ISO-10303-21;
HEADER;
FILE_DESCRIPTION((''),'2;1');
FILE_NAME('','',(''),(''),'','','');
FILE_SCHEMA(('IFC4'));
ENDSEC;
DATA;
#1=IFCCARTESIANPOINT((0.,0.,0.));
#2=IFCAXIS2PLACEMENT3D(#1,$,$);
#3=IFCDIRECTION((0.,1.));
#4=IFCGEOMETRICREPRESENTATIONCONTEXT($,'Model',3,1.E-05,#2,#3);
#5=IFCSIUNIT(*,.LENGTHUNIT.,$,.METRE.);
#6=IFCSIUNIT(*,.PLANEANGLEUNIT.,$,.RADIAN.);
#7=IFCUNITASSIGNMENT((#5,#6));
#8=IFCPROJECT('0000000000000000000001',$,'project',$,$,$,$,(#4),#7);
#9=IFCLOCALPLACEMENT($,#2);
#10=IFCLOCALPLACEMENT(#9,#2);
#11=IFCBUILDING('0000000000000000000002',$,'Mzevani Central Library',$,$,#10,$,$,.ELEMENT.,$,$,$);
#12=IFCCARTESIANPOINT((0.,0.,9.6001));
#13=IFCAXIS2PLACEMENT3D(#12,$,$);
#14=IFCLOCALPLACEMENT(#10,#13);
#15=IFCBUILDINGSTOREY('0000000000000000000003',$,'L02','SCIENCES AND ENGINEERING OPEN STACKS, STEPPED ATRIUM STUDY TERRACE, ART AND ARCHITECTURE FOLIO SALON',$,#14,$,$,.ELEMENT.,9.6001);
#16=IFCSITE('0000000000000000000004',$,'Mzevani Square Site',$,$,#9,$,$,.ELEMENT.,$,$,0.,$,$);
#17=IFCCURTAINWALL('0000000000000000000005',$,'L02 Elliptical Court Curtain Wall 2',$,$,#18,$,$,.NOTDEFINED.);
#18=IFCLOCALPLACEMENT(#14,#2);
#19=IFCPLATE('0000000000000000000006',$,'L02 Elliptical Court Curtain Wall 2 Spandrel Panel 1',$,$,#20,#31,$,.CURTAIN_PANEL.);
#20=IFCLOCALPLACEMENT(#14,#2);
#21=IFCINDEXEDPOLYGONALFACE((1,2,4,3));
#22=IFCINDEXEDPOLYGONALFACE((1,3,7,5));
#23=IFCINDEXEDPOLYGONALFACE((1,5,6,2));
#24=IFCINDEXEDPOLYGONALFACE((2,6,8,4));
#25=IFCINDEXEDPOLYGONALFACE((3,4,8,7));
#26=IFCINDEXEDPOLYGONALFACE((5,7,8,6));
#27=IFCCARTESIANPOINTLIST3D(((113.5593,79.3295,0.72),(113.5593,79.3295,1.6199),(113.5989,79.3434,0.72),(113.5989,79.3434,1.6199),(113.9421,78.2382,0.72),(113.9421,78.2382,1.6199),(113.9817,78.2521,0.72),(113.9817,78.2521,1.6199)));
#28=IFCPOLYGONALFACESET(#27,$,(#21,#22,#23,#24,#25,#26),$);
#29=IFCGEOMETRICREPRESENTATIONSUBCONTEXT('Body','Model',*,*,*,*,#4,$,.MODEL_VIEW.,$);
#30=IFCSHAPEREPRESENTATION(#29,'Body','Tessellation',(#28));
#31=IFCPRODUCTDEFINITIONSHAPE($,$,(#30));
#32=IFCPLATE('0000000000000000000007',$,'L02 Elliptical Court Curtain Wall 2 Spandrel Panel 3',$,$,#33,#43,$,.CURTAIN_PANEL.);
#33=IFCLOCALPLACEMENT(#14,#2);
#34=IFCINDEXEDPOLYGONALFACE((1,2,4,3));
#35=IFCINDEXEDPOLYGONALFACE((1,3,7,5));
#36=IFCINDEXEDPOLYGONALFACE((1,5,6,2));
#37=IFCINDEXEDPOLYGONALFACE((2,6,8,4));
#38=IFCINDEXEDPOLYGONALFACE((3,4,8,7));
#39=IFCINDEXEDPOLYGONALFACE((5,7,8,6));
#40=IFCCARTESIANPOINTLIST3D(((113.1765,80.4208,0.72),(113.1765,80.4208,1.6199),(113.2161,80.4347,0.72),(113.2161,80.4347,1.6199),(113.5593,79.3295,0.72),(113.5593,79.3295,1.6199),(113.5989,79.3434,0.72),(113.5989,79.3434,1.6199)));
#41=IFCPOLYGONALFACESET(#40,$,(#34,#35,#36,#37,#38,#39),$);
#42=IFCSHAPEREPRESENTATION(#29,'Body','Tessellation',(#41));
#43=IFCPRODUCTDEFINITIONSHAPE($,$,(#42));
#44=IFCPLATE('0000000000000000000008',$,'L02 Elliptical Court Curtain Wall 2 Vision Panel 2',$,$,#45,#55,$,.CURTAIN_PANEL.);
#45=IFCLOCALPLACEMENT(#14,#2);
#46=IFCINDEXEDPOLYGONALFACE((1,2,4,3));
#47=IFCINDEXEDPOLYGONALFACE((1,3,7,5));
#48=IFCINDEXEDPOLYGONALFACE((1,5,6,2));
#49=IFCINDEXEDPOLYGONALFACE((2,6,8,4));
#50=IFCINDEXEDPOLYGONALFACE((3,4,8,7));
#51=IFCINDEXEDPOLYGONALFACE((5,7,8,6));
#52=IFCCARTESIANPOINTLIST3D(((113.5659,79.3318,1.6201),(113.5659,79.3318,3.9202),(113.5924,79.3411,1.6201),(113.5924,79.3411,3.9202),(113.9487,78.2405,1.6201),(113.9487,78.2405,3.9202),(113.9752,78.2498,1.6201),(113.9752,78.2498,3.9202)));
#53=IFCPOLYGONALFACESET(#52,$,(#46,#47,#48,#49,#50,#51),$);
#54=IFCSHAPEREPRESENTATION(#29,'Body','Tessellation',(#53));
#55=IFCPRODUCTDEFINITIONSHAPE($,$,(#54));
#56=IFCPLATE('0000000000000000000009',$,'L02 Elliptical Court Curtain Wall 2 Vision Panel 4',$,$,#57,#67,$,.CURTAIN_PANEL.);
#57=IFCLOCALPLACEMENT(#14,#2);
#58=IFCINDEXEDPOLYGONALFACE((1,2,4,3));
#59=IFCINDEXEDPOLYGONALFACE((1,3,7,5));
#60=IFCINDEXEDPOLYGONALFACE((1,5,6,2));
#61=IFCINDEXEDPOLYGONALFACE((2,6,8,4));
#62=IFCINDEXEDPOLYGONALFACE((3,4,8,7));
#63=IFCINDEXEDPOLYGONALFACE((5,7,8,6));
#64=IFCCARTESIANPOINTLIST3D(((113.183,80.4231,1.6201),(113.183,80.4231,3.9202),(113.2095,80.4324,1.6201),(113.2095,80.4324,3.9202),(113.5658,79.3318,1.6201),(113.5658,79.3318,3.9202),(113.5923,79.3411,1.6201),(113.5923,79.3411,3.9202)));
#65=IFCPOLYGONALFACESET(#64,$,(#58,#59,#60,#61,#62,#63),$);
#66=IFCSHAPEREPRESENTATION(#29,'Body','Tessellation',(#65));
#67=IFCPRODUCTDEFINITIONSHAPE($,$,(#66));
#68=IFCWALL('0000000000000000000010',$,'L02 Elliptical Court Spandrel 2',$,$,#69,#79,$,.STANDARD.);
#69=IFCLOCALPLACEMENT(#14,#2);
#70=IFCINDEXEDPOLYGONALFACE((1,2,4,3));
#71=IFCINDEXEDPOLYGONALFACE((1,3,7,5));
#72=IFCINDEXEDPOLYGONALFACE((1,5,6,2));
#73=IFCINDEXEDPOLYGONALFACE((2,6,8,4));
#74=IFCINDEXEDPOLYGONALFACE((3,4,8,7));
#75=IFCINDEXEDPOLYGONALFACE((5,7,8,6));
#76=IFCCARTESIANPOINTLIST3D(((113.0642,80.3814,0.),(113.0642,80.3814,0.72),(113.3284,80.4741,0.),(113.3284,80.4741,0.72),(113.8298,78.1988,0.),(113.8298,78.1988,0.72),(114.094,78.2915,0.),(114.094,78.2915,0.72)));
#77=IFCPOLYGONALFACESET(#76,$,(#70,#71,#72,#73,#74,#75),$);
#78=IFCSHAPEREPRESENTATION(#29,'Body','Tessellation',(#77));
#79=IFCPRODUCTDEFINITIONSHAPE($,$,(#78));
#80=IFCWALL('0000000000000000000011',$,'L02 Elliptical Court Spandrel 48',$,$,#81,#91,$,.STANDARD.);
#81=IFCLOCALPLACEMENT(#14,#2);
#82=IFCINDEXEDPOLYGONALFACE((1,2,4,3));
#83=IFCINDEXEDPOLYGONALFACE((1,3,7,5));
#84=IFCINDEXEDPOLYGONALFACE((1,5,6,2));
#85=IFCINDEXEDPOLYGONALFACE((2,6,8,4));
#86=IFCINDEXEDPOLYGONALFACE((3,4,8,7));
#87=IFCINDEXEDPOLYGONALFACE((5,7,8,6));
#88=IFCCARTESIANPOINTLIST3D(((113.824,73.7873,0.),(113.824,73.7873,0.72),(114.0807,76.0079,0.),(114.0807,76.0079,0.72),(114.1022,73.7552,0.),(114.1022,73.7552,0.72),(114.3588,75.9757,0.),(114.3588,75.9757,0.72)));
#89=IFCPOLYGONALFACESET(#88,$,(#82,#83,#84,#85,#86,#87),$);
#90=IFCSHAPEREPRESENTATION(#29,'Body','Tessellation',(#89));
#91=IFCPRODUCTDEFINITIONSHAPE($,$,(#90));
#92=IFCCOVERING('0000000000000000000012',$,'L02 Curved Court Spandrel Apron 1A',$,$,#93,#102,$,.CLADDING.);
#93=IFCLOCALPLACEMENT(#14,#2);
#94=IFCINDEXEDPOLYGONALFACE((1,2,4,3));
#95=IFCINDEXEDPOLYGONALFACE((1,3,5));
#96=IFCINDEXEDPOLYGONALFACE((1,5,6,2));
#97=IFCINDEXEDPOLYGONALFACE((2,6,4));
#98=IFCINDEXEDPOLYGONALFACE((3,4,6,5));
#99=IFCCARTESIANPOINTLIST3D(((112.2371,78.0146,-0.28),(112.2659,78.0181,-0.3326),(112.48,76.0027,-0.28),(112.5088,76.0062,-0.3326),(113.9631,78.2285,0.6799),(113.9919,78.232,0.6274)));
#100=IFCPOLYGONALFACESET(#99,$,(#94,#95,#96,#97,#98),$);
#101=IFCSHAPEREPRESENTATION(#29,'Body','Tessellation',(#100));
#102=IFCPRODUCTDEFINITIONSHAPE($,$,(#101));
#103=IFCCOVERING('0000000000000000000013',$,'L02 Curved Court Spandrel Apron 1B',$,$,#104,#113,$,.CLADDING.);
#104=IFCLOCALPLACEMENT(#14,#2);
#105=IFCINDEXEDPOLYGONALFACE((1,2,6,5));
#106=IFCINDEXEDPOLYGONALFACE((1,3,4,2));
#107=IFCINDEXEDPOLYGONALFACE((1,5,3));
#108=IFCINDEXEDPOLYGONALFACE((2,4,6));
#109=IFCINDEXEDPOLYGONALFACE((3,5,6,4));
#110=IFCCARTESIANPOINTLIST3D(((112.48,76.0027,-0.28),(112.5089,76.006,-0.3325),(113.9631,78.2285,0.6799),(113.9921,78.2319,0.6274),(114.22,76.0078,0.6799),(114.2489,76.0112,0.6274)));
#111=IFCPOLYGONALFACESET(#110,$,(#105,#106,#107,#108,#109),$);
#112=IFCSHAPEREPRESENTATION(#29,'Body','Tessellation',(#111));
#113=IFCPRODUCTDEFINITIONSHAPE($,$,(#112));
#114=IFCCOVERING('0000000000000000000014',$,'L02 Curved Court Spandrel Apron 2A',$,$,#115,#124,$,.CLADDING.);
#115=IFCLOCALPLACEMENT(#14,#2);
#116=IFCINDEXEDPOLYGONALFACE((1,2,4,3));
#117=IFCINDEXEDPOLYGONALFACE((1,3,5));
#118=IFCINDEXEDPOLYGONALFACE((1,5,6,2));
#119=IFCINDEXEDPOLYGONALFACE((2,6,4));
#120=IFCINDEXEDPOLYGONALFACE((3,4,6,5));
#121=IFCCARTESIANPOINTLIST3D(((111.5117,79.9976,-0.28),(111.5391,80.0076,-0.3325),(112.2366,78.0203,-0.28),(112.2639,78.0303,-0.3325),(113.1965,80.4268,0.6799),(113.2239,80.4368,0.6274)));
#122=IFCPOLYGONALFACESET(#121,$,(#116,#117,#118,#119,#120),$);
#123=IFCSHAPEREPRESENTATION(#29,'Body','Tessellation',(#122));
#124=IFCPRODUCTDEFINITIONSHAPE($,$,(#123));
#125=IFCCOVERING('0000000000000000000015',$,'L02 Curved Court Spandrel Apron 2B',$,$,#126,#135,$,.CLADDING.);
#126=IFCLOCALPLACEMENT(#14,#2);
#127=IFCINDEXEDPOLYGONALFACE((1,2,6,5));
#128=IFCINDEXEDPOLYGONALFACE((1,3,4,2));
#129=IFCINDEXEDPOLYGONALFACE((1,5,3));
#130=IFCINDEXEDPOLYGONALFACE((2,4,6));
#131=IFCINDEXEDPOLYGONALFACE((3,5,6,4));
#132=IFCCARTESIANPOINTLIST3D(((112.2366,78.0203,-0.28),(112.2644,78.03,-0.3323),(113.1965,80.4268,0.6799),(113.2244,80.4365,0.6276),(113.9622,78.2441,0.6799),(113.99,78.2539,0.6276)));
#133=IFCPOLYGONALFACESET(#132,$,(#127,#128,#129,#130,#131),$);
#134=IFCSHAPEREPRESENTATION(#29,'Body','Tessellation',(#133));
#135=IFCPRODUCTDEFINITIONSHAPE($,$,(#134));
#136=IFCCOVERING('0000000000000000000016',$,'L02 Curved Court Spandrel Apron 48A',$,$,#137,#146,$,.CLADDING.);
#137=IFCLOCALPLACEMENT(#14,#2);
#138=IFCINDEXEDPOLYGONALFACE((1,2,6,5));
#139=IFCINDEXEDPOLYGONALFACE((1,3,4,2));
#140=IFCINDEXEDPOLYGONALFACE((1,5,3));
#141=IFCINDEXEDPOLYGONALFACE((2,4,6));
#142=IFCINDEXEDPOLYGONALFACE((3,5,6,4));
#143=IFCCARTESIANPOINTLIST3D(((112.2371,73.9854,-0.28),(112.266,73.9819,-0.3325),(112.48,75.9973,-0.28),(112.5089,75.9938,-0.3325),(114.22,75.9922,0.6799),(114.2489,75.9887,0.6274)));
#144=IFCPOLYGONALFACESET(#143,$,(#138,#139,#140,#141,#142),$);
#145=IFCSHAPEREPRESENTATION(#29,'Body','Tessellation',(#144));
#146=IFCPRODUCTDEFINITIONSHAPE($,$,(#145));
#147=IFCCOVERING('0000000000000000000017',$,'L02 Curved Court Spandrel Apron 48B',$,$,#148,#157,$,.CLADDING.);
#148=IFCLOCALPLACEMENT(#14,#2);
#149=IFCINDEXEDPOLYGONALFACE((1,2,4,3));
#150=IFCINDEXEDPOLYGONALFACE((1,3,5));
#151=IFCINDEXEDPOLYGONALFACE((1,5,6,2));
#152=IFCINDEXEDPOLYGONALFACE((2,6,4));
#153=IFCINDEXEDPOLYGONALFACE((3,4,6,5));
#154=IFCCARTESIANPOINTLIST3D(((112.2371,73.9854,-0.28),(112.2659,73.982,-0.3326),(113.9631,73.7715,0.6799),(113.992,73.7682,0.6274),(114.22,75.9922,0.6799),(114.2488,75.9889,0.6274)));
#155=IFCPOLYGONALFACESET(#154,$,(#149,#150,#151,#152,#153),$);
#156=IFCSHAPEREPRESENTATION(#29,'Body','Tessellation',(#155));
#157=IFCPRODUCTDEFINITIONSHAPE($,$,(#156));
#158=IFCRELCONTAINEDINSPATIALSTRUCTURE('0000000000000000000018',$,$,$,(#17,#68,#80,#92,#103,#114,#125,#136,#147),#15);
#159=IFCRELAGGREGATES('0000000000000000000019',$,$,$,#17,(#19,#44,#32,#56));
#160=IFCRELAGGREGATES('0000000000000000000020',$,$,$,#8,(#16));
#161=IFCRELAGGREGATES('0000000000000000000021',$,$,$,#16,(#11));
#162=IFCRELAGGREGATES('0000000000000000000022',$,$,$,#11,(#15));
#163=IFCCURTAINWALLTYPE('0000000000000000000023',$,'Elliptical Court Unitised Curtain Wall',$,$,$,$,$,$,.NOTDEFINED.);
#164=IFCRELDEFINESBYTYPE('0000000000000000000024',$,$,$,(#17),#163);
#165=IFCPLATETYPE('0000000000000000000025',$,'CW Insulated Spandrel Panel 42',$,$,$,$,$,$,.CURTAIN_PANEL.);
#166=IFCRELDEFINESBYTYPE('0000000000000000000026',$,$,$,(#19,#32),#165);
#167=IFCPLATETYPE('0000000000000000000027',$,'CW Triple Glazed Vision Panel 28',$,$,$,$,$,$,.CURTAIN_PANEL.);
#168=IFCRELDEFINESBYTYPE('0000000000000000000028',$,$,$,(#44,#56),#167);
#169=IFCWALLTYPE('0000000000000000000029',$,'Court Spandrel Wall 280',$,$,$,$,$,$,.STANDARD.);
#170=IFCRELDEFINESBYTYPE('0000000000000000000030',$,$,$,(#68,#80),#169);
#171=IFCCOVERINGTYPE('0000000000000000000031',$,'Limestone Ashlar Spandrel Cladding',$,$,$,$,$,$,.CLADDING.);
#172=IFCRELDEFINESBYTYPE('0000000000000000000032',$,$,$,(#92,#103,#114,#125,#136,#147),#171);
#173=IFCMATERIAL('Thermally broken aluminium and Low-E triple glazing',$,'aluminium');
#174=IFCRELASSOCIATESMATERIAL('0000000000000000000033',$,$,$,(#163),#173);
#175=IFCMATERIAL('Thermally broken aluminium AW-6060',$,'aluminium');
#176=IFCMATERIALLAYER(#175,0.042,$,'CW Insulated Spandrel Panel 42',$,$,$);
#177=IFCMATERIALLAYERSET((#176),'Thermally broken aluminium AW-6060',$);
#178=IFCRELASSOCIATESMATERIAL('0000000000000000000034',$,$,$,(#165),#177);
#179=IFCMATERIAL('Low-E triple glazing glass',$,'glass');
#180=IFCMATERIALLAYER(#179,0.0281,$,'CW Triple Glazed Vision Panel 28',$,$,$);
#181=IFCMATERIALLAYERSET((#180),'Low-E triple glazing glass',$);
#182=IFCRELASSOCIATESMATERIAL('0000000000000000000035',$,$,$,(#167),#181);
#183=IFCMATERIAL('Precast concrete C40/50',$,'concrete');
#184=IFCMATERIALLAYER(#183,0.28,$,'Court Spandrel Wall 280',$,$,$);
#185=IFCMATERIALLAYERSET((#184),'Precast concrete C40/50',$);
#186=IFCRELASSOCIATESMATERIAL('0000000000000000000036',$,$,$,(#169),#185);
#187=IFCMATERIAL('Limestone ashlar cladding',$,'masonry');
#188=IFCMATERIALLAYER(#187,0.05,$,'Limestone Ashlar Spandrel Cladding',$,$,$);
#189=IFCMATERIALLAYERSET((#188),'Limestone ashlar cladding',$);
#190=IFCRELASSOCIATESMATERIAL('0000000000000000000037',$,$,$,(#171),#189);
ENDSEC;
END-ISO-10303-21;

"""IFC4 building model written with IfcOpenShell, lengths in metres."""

from ifc_helpers import new_model, si_unit, direction, frame, frame_2d, origin, origin_2d, place, context, subcontext, project, spatial, polyline, rectangle, outline, extrude, material, layer, layer_set, type_object, element, aggregate, save


model = new_model("IFC4")

# Units and contexts
model_context = context("Model", 3, precision=1e-05, world=origin(), true_north=direction((0.0, 1.0)))
body_context = subcontext(model_context, "Body", "Model", "MODEL_VIEW")
ifc_project = project(units=[si_unit("LENGTHUNIT", "METRE"), si_unit("PLANEANGLEUNIT", "RADIAN")], contexts=[model_context])

# Site, building, storey
site_placement = place(None, origin())
site = spatial("IfcSite", under=ifc_project, at=site_placement, Name="Mzevani Square Site", CompositionType="ELEMENT", RefElevation=0.0)
building_placement = place(site_placement, origin())
building = spatial("IfcBuilding", under=site, at=building_placement, Name="Mzevani Central Library", CompositionType="ELEMENT")
storey_placement = place(building_placement, frame((0.0, 0.0, 9.6001)))
storey = spatial("IfcBuildingStorey", under=building, at=storey_placement, Name="L02", Description="SCIENCES AND ENGINEERING OPEN STACKS, STEPPED ATRIUM STUDY TERRACE, ART AND ARCHITECTURE FOLIO SALON", CompositionType="ELEMENT", Elevation=9.6001)

# Shared definitions
ifc_material_1 = material(Name="Thermally broken aluminium and Low-E triple glazing", Category="aluminium")
ifc_material_2 = material(Name="Thermally broken aluminium AW-6060", Category="aluminium")

# Curtain wall
curtain_wall_type_1 = type_object("IfcCurtainWallType", Name="Elliptical Court Unitised Curtain Wall", PredefinedType="NOTDEFINED", material=ifc_material_1)
curtain_wall_1_placement = place(storey_placement, origin())
curtain_wall_1 = element("IfcCurtainWall", 1, at=curtain_wall_1_placement, inside=storey, type_object=curtain_wall_type_1, Name="L02 Elliptical Court Curtain Wall 2", PredefinedType="NOTDEFINED")

# Plates
ifc_layer_1 = layer(ifc_material_2, 0.042, Name="CW Insulated Spandrel Panel 42")
ifc_layer_set_1 = layer_set([ifc_layer_1], Name="Thermally broken aluminium AW-6060")
plate_type_1 = type_object("IfcPlateType", Name="CW Insulated Spandrel Panel 42", PredefinedType="CURTAIN_PANEL", material=ifc_layer_set_1)
plate_1_placement = place(storey_placement, frame((113.7705, 78.7908, 0.72), z_axis=(0.0, 0.0, 1.0), x_axis=(-0.331002, 0.94363, 0.0)))
plate_1 = element("IfcPlate", 2, at=plate_1_placement, type_object=plate_type_1, Name="L02 Elliptical Court Curtain Wall 2 Spandrel Panel 1", PredefinedType="CURTAIN_PANEL", context=body_context, shape_type="SweptSolid", body=[
    extrude(rectangle(XDim=1.1565, YDim=0.042, at=origin_2d()), origin(), (0.0, 0.0, 1.0), 0.8999),
])
plate_2_placement = place(storey_placement, frame((113.3877, 79.8821, 0.72), z_axis=(0.0, 0.0, 1.0), x_axis=(-0.331002, 0.94363, 0.0)))
plate_2 = element("IfcPlate", 3, at=plate_2_placement, type_object=plate_type_1, Name="L02 Elliptical Court Curtain Wall 2 Spandrel Panel 3", PredefinedType="CURTAIN_PANEL", context=body_context, shape_type="SweptSolid", body=[
    extrude(rectangle(XDim=1.1565, YDim=0.042, at=origin_2d()), origin(), (0.0, 0.0, 1.0), 0.8999),
])
ifc_material_3 = material(Name="Low-E triple glazing glass", Category="glass")
ifc_layer_2 = layer(ifc_material_3, 0.0281, Name="CW Triple Glazed Vision Panel 28")
ifc_layer_set_2 = layer_set([ifc_layer_2], Name="Low-E triple glazing glass")
plate_type_2 = type_object("IfcPlateType", Name="CW Triple Glazed Vision Panel 28", PredefinedType="CURTAIN_PANEL", material=ifc_layer_set_2)
plate_3_placement = place(storey_placement, frame((113.7705, 78.7908, 1.6201), z_axis=(0.0, 0.0, 1.0), x_axis=(-0.331002, 0.94363, 0.0)))
plate_3 = element("IfcPlate", 4, at=plate_3_placement, type_object=plate_type_2, Name="L02 Elliptical Court Curtain Wall 2 Vision Panel 2", PredefinedType="CURTAIN_PANEL", context=body_context, shape_type="SweptSolid", body=[
    extrude(rectangle(XDim=1.1565, YDim=0.0281, at=origin_2d()), origin(), (0.0, 0.0, 1.0), 2.3),
])
plate_4_placement = place(storey_placement, frame((113.3877, 79.8821, 1.6201), z_axis=(0.0, 0.0, 1.0), x_axis=(-0.331002, 0.94363, 0.0)))
plate_4 = element("IfcPlate", 5, at=plate_4_placement, type_object=plate_type_2, Name="L02 Elliptical Court Curtain Wall 2 Vision Panel 4", PredefinedType="CURTAIN_PANEL", context=body_context, shape_type="SweptSolid", body=[
    extrude(rectangle(XDim=1.1565, YDim=0.0281, at=origin_2d()), origin(), (0.0, 0.0, 1.0), 2.3),
])
aggregate(curtain_wall_1, [plate_1, plate_3, plate_2, plate_4])

# Walls
ifc_material_4 = material(Name="Precast concrete C40/50", Category="concrete")
ifc_layer_3 = layer(ifc_material_4, 0.28, Name="Court Spandrel Wall 280")
ifc_layer_set_3 = layer_set([ifc_layer_3], Name="Precast concrete C40/50")
wall_type = type_object("IfcWallType", Name="Court Spandrel Wall 280", PredefinedType="STANDARD", material=ifc_layer_set_3)
wall_1_placement = place(storey_placement, frame((113.9619, 78.2451, 0.0), z_axis=(0.0, 0.0, 1.0), x_axis=(-0.331009, 0.943628, 0.0)))
element("IfcWall", 6, at=wall_1_placement, inside=storey, type_object=wall_type, Name="L02 Elliptical Court Spandrel 2", PredefinedType="STANDARD", context=body_context, shape_type="SweptSolid", body=[
    extrude(rectangle(XDim=2.313, YDim=0.28, at=frame_2d((1.1565, 0.0))), origin(), (0.0, 0.0, 1.0), 0.72),
])
wall_2_placement = place(storey_placement, frame((113.9631, 73.7712, 0.0), z_axis=(0.0, 0.0, 1.0), x_axis=(0.114794, 0.993389, 0.0)))
element("IfcWall", 7, at=wall_2_placement, inside=storey, type_object=wall_type, Name="L02 Elliptical Court Spandrel 48", PredefinedType="STANDARD", context=body_context, shape_type="SweptSolid", body=[
    extrude(rectangle(XDim=2.2354, YDim=0.28, at=frame_2d((1.1177, 0.0))), origin(), (0.0, 0.0, 1.0), 0.72),
])

# Coverings
ifc_material_5 = material(Name="Limestone ashlar cladding", Category="masonry")
ifc_layer_4 = layer(ifc_material_5, 0.05, Name="Limestone Ashlar Spandrel Cladding")
ifc_layer_set_4 = layer_set([ifc_layer_4], Name="Limestone ashlar cladding")
covering_type = type_object("IfcCoveringType", Name="Limestone Ashlar Spandrel Cladding", PredefinedType="CLADDING", material=ifc_layer_set_4)
covering_1_placement = place(storey_placement, frame((112.48, 76.0027, -0.28), z_axis=(-0.479735, -0.057922, 0.8755), x_axis=(-0.119867, 0.99279, 0.0)))
element("IfcCovering", 8, at=covering_1_placement, inside=storey, type_object=covering_type, Name="L02 Curved Court Spandrel Apron 1A", PredefinedType="CLADDING", context=body_context, shape_type="SweptSolid", body=[
    extrude(outline(polyline([(0.0, 0.0), (2.0266, 0.0), (2.032, -1.9866), (0.0, 0.0)])), origin(), (0.0, 0.0, -1.0), 0.0601),
])
covering_2_placement = place(storey_placement, frame((112.48, 76.0027, -0.28), z_axis=(-0.482187, -0.055767, 0.874292), x_axis=(0.521914, 0.783258, 0.337805)))
element("IfcCovering", 9, at=covering_2_placement, inside=storey, type_object=covering_type, Name="L02 Curved Court Spandrel Apron 1B", PredefinedType="CLADDING", context=body_context, shape_type="SweptSolid", body=[
    extrude(outline(polyline([(0.0, 0.0), (2.8418, 0.0), (1.2364, -1.5558), (0.0, 0.0)])), origin(), (0.0, 0.0, -1.0), 0.0601),
])
covering_3_placement = place(storey_placement, frame((112.2366, 78.0203, -0.28), z_axis=(-0.455634, -0.16703, 0.874356), x_axis=(-0.34419, 0.9389, 0.0)))
element("IfcCovering", 10, at=covering_3_placement, inside=storey, type_object=covering_type, Name="L02 Curved Court Spandrel Apron 2A", PredefinedType="CLADDING", context=body_context, shape_type="SweptSolid", body=[
    extrude(outline(polyline([(0.0, 0.0), (2.106, 0.0), (1.929, -1.9781), (0.0, 0.0)])), origin(), (0.0, 0.0, -1.0), 0.0601),
])
covering_4_placement = place(storey_placement, frame((112.2366, 78.0203, -0.28), z_axis=(-0.463486, -0.162583, 0.871061), x_axis=(0.347432, 0.870966, 0.347432)))
element("IfcCovering", 11, at=covering_4_placement, inside=storey, type_object=covering_type, Name="L02 Curved Court Spandrel Apron 2B", PredefinedType="CLADDING", context=body_context, shape_type="SweptSolid", body=[
    extrude(outline(polyline([(0.0, 0.0), (2.763, 0.0), (1.128, -1.6361), (0.0, 0.0)])), origin(), (0.0, 0.0, -1.0), 0.0601),
])
covering_5_placement = place(storey_placement, frame((112.2371, 73.9854, -0.28), z_axis=(-0.482114, 0.058209, 0.874173), x_axis=(0.119867, 0.99279, 0.0)))
element("IfcCovering", 12, at=covering_5_placement, inside=storey, type_object=covering_type, Name="L02 Curved Court Spandrel Apron 48A", PredefinedType="CLADDING", context=body_context, shape_type="SweptSolid", body=[
    extrude(outline(polyline([(0.0, 0.0), (2.0266, 0.0), (2.2301, -1.9768), (0.0, 0.0)])), origin(), (0.0, 0.0, -1.0), 0.0601),
])
covering_6_placement = place(storey_placement, frame((112.2371, 73.9854, -0.28), z_axis=(-0.480029, 0.055518, 0.875494), x_axis=(0.665389, 0.673418, 0.322126)))
element("IfcCovering", 13, at=covering_6_placement, inside=storey, type_object=covering_type, Name="L02 Curved Court Spandrel Apron 48B", PredefinedType="CLADDING", context=body_context, shape_type="SweptSolid", body=[
    extrude(outline(polyline([(0.0, 0.0), (2.9801, 0.0), (1.3137, -1.4902), (0.0, 0.0)])), origin(), (0.0, 0.0, -1.0), 0.0601),
])

save(model, "model.ifc")
